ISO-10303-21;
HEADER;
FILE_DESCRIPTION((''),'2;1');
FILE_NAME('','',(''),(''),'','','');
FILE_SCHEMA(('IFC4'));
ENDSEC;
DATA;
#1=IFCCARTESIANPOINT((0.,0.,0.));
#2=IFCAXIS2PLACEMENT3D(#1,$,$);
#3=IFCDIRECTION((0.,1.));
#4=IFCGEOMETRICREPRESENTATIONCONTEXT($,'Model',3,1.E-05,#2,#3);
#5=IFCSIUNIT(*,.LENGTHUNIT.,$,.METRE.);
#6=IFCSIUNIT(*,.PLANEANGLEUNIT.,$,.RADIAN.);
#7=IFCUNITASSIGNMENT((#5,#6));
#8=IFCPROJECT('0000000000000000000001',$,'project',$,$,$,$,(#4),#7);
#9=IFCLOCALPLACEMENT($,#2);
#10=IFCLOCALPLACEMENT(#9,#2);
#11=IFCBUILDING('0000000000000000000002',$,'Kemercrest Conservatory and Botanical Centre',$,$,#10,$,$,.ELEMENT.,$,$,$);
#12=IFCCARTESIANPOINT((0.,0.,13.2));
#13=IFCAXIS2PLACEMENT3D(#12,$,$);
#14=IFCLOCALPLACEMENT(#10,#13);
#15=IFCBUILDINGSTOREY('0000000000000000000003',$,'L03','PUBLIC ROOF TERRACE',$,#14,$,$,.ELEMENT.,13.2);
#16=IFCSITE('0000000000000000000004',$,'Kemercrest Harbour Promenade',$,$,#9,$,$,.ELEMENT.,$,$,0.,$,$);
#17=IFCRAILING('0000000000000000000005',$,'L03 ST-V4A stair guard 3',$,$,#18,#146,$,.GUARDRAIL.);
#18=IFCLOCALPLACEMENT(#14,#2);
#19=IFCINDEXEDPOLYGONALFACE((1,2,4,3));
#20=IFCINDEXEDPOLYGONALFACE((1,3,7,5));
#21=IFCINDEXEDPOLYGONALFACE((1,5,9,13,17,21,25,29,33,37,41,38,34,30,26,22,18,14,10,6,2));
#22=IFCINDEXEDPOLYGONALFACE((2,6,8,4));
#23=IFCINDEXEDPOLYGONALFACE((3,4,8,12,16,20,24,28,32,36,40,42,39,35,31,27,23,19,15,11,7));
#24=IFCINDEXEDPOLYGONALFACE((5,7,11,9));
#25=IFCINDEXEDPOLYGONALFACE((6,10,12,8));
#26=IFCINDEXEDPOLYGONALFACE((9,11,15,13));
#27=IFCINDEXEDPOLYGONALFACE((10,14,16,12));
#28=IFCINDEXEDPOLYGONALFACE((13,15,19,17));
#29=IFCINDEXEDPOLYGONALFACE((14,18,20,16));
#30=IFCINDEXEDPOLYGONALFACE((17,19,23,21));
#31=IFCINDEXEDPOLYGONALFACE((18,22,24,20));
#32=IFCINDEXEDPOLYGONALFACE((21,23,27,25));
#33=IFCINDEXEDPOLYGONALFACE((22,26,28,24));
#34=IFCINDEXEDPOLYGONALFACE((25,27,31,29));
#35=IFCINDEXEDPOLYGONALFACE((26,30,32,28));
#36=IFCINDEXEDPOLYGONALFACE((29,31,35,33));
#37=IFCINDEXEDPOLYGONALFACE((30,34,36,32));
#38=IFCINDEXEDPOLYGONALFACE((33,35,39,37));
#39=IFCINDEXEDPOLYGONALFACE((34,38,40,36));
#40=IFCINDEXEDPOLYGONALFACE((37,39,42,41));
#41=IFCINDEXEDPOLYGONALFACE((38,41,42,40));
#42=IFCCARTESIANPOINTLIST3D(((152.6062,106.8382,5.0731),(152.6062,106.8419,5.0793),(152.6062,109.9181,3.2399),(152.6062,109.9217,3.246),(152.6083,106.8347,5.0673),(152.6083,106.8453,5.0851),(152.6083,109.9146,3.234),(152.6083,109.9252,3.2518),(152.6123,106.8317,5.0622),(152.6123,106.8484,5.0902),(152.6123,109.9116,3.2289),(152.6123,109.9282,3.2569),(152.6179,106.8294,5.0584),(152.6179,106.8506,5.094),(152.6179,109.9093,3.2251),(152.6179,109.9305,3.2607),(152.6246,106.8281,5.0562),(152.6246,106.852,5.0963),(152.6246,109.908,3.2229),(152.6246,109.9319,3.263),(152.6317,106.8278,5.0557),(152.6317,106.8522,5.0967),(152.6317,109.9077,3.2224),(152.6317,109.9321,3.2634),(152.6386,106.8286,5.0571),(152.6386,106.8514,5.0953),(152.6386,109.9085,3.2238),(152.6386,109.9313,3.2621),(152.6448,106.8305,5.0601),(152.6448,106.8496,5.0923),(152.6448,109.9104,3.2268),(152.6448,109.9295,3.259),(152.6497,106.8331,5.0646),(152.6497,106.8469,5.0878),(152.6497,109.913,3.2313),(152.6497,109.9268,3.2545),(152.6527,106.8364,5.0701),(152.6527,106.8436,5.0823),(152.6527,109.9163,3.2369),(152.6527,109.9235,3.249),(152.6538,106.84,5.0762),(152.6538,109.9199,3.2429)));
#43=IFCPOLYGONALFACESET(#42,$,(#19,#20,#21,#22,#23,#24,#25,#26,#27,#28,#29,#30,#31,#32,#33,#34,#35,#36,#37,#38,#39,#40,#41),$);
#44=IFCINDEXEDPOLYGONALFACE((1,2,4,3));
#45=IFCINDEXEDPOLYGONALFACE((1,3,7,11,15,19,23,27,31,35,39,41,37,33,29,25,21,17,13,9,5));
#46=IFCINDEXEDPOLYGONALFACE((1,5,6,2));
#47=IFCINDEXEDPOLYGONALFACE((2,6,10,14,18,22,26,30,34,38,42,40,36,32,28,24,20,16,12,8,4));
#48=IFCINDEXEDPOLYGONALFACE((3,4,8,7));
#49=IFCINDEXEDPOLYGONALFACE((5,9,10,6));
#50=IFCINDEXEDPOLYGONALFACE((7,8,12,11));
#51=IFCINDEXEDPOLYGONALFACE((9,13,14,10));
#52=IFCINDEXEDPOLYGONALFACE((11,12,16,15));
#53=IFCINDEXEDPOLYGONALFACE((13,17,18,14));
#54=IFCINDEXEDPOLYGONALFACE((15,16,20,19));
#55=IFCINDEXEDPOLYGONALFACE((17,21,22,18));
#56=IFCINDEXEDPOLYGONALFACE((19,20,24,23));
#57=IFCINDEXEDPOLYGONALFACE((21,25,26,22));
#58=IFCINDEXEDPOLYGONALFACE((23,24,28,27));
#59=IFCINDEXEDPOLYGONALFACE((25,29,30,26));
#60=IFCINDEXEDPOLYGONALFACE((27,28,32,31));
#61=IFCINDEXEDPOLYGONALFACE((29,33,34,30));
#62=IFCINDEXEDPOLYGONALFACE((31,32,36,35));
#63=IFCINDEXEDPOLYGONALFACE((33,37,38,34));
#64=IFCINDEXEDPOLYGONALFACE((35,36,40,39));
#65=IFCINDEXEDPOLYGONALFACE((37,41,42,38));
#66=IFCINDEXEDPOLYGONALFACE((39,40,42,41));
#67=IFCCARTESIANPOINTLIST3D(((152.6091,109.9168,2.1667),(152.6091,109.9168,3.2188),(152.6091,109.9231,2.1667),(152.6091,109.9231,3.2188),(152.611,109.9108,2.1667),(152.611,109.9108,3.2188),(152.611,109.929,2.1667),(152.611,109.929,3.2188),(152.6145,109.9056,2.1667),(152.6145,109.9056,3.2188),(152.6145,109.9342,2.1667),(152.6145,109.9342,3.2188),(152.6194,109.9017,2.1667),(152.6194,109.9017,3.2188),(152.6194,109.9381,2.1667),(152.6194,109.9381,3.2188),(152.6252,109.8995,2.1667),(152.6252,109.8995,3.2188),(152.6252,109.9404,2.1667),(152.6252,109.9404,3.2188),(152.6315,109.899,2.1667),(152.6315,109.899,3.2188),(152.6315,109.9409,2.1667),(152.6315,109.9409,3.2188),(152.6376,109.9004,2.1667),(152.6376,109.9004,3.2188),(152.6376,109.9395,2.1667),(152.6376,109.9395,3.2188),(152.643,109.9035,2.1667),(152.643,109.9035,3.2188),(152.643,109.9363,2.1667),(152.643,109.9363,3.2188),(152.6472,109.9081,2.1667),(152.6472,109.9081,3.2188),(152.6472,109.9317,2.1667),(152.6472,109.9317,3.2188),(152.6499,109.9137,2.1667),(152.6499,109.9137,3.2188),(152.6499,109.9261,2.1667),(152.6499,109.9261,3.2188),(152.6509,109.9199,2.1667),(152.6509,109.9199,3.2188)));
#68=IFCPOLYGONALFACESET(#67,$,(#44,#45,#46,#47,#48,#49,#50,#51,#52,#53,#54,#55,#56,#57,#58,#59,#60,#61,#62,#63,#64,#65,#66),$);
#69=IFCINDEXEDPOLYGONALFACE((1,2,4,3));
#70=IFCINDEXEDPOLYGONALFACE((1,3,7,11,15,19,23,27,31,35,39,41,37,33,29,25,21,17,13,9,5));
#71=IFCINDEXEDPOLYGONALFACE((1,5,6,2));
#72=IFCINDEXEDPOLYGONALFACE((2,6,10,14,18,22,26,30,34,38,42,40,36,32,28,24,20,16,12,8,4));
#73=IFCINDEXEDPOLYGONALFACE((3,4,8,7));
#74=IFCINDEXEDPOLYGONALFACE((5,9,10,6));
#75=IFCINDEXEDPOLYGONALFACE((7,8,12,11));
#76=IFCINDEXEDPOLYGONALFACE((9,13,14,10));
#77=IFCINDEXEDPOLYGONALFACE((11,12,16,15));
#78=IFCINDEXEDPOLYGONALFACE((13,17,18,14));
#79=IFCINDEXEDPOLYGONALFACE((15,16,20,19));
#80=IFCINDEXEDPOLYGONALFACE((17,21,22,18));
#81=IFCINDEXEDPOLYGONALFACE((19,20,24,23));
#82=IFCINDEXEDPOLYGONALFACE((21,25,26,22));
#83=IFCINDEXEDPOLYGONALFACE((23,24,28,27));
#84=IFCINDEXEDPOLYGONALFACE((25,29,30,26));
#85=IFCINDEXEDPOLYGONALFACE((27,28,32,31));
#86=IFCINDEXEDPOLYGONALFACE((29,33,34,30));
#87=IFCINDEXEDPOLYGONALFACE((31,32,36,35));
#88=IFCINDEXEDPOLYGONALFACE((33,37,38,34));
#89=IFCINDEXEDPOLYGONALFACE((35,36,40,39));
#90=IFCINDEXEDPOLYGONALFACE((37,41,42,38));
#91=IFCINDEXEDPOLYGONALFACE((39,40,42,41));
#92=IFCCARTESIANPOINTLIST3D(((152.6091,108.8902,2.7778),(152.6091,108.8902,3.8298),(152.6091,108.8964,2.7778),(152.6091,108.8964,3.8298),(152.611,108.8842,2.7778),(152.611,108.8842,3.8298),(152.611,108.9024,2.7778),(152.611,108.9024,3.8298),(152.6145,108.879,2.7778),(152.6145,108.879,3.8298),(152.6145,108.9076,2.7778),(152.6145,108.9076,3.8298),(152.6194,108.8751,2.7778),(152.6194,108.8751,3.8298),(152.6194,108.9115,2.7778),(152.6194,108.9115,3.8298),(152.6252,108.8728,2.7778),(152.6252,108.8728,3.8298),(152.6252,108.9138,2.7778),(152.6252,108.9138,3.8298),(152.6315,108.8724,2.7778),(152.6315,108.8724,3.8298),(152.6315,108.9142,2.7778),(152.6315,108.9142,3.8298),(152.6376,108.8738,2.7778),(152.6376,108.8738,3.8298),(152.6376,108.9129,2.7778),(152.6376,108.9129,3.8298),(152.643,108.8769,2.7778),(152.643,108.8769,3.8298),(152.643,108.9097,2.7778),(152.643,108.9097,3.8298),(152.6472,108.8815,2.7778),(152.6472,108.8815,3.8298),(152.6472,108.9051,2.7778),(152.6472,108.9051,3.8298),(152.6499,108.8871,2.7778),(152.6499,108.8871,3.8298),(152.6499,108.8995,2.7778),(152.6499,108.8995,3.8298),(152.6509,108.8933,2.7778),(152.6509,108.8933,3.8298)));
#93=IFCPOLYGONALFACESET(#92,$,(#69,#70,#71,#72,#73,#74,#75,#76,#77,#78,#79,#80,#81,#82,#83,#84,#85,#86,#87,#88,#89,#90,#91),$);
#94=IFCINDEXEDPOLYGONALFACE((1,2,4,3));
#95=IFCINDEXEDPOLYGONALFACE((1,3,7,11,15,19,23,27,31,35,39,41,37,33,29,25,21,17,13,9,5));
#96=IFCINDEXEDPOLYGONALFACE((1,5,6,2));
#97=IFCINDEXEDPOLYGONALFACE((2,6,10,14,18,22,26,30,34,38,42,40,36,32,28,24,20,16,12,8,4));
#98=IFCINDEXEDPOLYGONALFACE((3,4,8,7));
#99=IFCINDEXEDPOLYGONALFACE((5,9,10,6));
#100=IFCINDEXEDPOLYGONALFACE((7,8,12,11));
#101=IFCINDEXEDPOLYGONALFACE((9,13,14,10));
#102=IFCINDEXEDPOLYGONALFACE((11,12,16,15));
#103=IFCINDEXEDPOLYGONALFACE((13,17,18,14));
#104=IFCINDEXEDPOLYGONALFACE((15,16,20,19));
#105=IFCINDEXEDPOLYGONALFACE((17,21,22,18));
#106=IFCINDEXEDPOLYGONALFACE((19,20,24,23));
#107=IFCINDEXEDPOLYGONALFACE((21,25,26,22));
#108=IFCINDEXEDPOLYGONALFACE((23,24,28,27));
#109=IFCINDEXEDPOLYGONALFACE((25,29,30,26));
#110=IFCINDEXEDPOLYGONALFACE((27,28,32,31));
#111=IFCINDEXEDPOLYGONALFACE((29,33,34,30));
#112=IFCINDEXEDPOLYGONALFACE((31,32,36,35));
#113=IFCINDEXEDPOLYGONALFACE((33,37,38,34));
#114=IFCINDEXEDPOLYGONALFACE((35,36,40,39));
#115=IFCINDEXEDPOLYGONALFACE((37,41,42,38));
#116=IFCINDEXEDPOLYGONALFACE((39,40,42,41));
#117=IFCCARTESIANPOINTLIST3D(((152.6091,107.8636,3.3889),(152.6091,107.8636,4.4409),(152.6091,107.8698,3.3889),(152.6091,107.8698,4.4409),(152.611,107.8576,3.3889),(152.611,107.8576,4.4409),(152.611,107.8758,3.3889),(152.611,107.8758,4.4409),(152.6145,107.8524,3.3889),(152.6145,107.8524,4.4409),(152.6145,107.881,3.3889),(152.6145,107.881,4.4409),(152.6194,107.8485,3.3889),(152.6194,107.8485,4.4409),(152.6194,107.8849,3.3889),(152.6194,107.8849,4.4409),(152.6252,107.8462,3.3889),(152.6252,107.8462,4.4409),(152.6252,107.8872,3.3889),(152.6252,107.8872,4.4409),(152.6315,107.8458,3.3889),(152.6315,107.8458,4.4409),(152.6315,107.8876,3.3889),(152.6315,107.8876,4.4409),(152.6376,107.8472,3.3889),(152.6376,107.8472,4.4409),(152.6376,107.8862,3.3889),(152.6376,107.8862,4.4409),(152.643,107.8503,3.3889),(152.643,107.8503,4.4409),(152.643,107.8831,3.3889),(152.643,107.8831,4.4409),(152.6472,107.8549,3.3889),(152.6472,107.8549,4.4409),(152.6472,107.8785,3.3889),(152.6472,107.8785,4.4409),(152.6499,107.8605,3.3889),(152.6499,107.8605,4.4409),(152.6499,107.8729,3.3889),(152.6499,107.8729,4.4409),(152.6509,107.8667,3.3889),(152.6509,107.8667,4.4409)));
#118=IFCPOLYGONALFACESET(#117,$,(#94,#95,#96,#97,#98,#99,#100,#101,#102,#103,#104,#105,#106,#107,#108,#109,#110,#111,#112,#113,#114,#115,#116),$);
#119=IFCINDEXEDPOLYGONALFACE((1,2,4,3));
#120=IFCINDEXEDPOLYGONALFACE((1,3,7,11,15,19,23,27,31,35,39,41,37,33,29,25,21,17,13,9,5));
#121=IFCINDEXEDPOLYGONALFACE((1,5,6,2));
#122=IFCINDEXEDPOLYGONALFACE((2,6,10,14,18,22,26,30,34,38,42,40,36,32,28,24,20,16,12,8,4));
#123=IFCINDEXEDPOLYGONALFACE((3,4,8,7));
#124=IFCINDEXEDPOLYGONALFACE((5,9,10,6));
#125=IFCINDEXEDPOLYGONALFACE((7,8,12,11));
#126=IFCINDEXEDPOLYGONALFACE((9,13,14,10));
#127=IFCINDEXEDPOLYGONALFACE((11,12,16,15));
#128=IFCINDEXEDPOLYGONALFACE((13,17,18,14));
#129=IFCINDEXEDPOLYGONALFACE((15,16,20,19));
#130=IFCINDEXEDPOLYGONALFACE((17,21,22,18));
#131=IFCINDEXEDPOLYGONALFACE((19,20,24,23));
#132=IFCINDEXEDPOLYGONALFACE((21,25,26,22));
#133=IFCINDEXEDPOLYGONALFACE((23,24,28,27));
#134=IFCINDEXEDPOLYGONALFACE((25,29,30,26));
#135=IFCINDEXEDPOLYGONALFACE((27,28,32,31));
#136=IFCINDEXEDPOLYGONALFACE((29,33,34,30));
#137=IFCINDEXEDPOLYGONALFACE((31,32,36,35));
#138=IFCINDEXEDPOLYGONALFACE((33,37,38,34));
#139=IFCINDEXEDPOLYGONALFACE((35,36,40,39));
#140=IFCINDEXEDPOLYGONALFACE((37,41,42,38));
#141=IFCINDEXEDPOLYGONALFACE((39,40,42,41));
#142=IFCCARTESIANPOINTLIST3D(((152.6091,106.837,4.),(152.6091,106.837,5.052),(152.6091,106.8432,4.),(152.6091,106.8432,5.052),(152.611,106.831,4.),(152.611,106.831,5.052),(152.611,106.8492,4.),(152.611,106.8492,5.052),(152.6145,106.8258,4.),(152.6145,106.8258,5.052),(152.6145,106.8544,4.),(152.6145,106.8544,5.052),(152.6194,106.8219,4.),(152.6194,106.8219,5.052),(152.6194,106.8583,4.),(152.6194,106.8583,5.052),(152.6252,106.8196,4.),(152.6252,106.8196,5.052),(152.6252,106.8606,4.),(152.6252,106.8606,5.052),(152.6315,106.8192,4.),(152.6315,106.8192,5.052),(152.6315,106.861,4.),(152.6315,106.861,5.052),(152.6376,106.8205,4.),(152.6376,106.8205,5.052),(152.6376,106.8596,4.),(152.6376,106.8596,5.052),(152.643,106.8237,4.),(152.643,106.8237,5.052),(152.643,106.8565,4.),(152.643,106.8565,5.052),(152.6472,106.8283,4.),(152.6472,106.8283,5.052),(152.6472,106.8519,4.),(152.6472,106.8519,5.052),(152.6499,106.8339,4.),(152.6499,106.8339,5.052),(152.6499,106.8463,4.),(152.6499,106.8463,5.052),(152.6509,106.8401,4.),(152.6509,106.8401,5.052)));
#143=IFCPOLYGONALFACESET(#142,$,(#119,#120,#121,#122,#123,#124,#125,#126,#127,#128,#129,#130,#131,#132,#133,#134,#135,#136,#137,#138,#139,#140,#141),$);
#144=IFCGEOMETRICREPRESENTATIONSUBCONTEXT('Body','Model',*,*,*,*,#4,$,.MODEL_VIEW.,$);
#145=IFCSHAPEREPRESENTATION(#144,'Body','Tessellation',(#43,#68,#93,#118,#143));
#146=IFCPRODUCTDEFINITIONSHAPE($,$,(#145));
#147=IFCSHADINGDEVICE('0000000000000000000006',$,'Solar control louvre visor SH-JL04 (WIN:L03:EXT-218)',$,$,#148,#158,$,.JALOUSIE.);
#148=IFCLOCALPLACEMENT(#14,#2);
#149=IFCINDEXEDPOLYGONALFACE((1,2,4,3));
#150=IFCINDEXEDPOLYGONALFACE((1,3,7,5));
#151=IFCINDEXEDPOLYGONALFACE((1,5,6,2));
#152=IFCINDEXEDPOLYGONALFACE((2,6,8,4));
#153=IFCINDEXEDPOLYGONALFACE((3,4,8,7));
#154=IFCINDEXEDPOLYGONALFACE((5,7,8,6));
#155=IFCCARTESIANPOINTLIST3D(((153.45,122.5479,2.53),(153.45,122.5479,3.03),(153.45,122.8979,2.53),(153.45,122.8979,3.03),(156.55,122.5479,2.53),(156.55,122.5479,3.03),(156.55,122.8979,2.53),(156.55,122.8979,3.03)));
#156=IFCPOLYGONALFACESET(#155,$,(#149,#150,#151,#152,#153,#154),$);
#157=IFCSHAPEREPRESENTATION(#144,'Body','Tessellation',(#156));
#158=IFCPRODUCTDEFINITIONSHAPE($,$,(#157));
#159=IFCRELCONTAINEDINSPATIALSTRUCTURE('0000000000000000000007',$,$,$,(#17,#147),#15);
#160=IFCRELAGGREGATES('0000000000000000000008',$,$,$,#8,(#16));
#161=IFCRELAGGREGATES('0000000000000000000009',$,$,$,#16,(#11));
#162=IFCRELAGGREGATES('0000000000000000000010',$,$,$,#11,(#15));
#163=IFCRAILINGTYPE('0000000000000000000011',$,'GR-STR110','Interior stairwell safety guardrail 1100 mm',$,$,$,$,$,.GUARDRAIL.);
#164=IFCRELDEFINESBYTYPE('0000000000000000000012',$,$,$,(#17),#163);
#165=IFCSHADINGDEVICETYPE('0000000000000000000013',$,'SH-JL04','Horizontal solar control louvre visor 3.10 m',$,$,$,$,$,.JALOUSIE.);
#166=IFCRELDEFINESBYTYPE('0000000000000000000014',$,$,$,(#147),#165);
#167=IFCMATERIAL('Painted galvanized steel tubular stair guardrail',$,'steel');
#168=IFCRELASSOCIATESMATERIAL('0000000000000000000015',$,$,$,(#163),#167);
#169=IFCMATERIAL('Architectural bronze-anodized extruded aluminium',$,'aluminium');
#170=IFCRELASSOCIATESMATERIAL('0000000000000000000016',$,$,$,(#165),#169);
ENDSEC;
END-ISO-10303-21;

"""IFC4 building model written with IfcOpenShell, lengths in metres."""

from ifc_helpers import new_model, si_unit, direction, frame, origin, origin_2d, place, context, subcontext, project, spatial, rectangle, circle, extrude, material, type_object, element, save


model = new_model("IFC4")

# Units and contexts
model_context = context("Model", 3, precision=1e-05, world=origin(), true_north=direction((0.0, 1.0)))
body_context = subcontext(model_context, "Body", "Model", "MODEL_VIEW")
ifc_project = project(units=[si_unit("LENGTHUNIT", "METRE"), si_unit("PLANEANGLEUNIT", "RADIAN")], contexts=[model_context])

# Site, building, storey
site_placement = place(None, origin())
site = spatial("IfcSite", under=ifc_project, at=site_placement, Name="Kemercrest Harbour Promenade", CompositionType="ELEMENT", RefElevation=0.0)
building_placement = place(site_placement, origin())
building = spatial("IfcBuilding", under=site, at=building_placement, Name="Kemercrest Conservatory and Botanical Centre", CompositionType="ELEMENT")
storey_placement = place(building_placement, frame((0.0, 0.0, 13.2)))
storey = spatial("IfcBuildingStorey", under=building, at=storey_placement, Name="L03", Description="PUBLIC ROOF TERRACE", CompositionType="ELEMENT", Elevation=13.2)

# Railing
ifc_material_1 = material(Name="Painted galvanized steel tubular stair guardrail", Category="steel")
railing_type = type_object("IfcRailingType", Name="GR-STR110", Description="Interior stairwell safety guardrail 1100 mm", PredefinedType="GUARDRAIL", material=ifc_material_1)
railing_1_placement = place(storey_placement, frame((152.6299, 109.9199, 2.1667)))
element("IfcRailing", 1, at=railing_1_placement, inside=storey, type_object=railing_type, Name="L03 ST-V4A stair guard 3", PredefinedType="GUARDRAIL", context=body_context, shape_type="SweptSolid", body=[
    extrude(circle(Radius=0.0239, at=origin_2d()), frame((0.0, 0.0, 1.0762), z_axis=(0.0, -0.859291, 0.511487), x_axis=(1.0, 0.0, 0.0)), (0.0, 0.0, 1.0), 3.5842),
    extrude(circle(Radius=0.021, at=origin_2d()), origin(), (0.0, 0.0, 1.0), 1.052),
    extrude(circle(Radius=0.021, at=origin_2d()), frame((0.0, -1.0266, 0.6111)), (0.0, 0.0, 1.0), 1.052),
    extrude(circle(Radius=0.021, at=origin_2d()), frame((0.0, -2.0532, 1.2222)), (0.0, 0.0, 1.0), 1.052),
    extrude(circle(Radius=0.021, at=origin_2d()), frame((0.0, -3.0798, 1.8333)), (0.0, 0.0, 1.0), 1.052),
])

# Shading device
ifc_material_2 = material(Name="Architectural bronze-anodized extruded aluminium", Category="aluminium")
shading_device_type = type_object("IfcShadingDeviceType", Name="SH-JL04", Description="Horizontal solar control louvre visor 3.10 m", PredefinedType="JALOUSIE", material=ifc_material_2)
shading_device_placement = place(storey_placement, frame((155.0, 122.7229, 2.53), z_axis=(0.0, 0.0, 1.0), x_axis=(-1.0, 0.0, 0.0)))
element("IfcShadingDevice", 2, at=shading_device_placement, inside=storey, type_object=shading_device_type, Name="Solar control louvre visor SH-JL04 (WIN:L03:EXT-218)", PredefinedType="JALOUSIE", context=body_context, shape_type="SweptSolid", body=[
    extrude(rectangle(XDim=3.1001, YDim=0.3501, at=origin_2d()), origin(), (0.0, 0.0, 1.0), 0.5),
])

save(model, "model.ifc")
